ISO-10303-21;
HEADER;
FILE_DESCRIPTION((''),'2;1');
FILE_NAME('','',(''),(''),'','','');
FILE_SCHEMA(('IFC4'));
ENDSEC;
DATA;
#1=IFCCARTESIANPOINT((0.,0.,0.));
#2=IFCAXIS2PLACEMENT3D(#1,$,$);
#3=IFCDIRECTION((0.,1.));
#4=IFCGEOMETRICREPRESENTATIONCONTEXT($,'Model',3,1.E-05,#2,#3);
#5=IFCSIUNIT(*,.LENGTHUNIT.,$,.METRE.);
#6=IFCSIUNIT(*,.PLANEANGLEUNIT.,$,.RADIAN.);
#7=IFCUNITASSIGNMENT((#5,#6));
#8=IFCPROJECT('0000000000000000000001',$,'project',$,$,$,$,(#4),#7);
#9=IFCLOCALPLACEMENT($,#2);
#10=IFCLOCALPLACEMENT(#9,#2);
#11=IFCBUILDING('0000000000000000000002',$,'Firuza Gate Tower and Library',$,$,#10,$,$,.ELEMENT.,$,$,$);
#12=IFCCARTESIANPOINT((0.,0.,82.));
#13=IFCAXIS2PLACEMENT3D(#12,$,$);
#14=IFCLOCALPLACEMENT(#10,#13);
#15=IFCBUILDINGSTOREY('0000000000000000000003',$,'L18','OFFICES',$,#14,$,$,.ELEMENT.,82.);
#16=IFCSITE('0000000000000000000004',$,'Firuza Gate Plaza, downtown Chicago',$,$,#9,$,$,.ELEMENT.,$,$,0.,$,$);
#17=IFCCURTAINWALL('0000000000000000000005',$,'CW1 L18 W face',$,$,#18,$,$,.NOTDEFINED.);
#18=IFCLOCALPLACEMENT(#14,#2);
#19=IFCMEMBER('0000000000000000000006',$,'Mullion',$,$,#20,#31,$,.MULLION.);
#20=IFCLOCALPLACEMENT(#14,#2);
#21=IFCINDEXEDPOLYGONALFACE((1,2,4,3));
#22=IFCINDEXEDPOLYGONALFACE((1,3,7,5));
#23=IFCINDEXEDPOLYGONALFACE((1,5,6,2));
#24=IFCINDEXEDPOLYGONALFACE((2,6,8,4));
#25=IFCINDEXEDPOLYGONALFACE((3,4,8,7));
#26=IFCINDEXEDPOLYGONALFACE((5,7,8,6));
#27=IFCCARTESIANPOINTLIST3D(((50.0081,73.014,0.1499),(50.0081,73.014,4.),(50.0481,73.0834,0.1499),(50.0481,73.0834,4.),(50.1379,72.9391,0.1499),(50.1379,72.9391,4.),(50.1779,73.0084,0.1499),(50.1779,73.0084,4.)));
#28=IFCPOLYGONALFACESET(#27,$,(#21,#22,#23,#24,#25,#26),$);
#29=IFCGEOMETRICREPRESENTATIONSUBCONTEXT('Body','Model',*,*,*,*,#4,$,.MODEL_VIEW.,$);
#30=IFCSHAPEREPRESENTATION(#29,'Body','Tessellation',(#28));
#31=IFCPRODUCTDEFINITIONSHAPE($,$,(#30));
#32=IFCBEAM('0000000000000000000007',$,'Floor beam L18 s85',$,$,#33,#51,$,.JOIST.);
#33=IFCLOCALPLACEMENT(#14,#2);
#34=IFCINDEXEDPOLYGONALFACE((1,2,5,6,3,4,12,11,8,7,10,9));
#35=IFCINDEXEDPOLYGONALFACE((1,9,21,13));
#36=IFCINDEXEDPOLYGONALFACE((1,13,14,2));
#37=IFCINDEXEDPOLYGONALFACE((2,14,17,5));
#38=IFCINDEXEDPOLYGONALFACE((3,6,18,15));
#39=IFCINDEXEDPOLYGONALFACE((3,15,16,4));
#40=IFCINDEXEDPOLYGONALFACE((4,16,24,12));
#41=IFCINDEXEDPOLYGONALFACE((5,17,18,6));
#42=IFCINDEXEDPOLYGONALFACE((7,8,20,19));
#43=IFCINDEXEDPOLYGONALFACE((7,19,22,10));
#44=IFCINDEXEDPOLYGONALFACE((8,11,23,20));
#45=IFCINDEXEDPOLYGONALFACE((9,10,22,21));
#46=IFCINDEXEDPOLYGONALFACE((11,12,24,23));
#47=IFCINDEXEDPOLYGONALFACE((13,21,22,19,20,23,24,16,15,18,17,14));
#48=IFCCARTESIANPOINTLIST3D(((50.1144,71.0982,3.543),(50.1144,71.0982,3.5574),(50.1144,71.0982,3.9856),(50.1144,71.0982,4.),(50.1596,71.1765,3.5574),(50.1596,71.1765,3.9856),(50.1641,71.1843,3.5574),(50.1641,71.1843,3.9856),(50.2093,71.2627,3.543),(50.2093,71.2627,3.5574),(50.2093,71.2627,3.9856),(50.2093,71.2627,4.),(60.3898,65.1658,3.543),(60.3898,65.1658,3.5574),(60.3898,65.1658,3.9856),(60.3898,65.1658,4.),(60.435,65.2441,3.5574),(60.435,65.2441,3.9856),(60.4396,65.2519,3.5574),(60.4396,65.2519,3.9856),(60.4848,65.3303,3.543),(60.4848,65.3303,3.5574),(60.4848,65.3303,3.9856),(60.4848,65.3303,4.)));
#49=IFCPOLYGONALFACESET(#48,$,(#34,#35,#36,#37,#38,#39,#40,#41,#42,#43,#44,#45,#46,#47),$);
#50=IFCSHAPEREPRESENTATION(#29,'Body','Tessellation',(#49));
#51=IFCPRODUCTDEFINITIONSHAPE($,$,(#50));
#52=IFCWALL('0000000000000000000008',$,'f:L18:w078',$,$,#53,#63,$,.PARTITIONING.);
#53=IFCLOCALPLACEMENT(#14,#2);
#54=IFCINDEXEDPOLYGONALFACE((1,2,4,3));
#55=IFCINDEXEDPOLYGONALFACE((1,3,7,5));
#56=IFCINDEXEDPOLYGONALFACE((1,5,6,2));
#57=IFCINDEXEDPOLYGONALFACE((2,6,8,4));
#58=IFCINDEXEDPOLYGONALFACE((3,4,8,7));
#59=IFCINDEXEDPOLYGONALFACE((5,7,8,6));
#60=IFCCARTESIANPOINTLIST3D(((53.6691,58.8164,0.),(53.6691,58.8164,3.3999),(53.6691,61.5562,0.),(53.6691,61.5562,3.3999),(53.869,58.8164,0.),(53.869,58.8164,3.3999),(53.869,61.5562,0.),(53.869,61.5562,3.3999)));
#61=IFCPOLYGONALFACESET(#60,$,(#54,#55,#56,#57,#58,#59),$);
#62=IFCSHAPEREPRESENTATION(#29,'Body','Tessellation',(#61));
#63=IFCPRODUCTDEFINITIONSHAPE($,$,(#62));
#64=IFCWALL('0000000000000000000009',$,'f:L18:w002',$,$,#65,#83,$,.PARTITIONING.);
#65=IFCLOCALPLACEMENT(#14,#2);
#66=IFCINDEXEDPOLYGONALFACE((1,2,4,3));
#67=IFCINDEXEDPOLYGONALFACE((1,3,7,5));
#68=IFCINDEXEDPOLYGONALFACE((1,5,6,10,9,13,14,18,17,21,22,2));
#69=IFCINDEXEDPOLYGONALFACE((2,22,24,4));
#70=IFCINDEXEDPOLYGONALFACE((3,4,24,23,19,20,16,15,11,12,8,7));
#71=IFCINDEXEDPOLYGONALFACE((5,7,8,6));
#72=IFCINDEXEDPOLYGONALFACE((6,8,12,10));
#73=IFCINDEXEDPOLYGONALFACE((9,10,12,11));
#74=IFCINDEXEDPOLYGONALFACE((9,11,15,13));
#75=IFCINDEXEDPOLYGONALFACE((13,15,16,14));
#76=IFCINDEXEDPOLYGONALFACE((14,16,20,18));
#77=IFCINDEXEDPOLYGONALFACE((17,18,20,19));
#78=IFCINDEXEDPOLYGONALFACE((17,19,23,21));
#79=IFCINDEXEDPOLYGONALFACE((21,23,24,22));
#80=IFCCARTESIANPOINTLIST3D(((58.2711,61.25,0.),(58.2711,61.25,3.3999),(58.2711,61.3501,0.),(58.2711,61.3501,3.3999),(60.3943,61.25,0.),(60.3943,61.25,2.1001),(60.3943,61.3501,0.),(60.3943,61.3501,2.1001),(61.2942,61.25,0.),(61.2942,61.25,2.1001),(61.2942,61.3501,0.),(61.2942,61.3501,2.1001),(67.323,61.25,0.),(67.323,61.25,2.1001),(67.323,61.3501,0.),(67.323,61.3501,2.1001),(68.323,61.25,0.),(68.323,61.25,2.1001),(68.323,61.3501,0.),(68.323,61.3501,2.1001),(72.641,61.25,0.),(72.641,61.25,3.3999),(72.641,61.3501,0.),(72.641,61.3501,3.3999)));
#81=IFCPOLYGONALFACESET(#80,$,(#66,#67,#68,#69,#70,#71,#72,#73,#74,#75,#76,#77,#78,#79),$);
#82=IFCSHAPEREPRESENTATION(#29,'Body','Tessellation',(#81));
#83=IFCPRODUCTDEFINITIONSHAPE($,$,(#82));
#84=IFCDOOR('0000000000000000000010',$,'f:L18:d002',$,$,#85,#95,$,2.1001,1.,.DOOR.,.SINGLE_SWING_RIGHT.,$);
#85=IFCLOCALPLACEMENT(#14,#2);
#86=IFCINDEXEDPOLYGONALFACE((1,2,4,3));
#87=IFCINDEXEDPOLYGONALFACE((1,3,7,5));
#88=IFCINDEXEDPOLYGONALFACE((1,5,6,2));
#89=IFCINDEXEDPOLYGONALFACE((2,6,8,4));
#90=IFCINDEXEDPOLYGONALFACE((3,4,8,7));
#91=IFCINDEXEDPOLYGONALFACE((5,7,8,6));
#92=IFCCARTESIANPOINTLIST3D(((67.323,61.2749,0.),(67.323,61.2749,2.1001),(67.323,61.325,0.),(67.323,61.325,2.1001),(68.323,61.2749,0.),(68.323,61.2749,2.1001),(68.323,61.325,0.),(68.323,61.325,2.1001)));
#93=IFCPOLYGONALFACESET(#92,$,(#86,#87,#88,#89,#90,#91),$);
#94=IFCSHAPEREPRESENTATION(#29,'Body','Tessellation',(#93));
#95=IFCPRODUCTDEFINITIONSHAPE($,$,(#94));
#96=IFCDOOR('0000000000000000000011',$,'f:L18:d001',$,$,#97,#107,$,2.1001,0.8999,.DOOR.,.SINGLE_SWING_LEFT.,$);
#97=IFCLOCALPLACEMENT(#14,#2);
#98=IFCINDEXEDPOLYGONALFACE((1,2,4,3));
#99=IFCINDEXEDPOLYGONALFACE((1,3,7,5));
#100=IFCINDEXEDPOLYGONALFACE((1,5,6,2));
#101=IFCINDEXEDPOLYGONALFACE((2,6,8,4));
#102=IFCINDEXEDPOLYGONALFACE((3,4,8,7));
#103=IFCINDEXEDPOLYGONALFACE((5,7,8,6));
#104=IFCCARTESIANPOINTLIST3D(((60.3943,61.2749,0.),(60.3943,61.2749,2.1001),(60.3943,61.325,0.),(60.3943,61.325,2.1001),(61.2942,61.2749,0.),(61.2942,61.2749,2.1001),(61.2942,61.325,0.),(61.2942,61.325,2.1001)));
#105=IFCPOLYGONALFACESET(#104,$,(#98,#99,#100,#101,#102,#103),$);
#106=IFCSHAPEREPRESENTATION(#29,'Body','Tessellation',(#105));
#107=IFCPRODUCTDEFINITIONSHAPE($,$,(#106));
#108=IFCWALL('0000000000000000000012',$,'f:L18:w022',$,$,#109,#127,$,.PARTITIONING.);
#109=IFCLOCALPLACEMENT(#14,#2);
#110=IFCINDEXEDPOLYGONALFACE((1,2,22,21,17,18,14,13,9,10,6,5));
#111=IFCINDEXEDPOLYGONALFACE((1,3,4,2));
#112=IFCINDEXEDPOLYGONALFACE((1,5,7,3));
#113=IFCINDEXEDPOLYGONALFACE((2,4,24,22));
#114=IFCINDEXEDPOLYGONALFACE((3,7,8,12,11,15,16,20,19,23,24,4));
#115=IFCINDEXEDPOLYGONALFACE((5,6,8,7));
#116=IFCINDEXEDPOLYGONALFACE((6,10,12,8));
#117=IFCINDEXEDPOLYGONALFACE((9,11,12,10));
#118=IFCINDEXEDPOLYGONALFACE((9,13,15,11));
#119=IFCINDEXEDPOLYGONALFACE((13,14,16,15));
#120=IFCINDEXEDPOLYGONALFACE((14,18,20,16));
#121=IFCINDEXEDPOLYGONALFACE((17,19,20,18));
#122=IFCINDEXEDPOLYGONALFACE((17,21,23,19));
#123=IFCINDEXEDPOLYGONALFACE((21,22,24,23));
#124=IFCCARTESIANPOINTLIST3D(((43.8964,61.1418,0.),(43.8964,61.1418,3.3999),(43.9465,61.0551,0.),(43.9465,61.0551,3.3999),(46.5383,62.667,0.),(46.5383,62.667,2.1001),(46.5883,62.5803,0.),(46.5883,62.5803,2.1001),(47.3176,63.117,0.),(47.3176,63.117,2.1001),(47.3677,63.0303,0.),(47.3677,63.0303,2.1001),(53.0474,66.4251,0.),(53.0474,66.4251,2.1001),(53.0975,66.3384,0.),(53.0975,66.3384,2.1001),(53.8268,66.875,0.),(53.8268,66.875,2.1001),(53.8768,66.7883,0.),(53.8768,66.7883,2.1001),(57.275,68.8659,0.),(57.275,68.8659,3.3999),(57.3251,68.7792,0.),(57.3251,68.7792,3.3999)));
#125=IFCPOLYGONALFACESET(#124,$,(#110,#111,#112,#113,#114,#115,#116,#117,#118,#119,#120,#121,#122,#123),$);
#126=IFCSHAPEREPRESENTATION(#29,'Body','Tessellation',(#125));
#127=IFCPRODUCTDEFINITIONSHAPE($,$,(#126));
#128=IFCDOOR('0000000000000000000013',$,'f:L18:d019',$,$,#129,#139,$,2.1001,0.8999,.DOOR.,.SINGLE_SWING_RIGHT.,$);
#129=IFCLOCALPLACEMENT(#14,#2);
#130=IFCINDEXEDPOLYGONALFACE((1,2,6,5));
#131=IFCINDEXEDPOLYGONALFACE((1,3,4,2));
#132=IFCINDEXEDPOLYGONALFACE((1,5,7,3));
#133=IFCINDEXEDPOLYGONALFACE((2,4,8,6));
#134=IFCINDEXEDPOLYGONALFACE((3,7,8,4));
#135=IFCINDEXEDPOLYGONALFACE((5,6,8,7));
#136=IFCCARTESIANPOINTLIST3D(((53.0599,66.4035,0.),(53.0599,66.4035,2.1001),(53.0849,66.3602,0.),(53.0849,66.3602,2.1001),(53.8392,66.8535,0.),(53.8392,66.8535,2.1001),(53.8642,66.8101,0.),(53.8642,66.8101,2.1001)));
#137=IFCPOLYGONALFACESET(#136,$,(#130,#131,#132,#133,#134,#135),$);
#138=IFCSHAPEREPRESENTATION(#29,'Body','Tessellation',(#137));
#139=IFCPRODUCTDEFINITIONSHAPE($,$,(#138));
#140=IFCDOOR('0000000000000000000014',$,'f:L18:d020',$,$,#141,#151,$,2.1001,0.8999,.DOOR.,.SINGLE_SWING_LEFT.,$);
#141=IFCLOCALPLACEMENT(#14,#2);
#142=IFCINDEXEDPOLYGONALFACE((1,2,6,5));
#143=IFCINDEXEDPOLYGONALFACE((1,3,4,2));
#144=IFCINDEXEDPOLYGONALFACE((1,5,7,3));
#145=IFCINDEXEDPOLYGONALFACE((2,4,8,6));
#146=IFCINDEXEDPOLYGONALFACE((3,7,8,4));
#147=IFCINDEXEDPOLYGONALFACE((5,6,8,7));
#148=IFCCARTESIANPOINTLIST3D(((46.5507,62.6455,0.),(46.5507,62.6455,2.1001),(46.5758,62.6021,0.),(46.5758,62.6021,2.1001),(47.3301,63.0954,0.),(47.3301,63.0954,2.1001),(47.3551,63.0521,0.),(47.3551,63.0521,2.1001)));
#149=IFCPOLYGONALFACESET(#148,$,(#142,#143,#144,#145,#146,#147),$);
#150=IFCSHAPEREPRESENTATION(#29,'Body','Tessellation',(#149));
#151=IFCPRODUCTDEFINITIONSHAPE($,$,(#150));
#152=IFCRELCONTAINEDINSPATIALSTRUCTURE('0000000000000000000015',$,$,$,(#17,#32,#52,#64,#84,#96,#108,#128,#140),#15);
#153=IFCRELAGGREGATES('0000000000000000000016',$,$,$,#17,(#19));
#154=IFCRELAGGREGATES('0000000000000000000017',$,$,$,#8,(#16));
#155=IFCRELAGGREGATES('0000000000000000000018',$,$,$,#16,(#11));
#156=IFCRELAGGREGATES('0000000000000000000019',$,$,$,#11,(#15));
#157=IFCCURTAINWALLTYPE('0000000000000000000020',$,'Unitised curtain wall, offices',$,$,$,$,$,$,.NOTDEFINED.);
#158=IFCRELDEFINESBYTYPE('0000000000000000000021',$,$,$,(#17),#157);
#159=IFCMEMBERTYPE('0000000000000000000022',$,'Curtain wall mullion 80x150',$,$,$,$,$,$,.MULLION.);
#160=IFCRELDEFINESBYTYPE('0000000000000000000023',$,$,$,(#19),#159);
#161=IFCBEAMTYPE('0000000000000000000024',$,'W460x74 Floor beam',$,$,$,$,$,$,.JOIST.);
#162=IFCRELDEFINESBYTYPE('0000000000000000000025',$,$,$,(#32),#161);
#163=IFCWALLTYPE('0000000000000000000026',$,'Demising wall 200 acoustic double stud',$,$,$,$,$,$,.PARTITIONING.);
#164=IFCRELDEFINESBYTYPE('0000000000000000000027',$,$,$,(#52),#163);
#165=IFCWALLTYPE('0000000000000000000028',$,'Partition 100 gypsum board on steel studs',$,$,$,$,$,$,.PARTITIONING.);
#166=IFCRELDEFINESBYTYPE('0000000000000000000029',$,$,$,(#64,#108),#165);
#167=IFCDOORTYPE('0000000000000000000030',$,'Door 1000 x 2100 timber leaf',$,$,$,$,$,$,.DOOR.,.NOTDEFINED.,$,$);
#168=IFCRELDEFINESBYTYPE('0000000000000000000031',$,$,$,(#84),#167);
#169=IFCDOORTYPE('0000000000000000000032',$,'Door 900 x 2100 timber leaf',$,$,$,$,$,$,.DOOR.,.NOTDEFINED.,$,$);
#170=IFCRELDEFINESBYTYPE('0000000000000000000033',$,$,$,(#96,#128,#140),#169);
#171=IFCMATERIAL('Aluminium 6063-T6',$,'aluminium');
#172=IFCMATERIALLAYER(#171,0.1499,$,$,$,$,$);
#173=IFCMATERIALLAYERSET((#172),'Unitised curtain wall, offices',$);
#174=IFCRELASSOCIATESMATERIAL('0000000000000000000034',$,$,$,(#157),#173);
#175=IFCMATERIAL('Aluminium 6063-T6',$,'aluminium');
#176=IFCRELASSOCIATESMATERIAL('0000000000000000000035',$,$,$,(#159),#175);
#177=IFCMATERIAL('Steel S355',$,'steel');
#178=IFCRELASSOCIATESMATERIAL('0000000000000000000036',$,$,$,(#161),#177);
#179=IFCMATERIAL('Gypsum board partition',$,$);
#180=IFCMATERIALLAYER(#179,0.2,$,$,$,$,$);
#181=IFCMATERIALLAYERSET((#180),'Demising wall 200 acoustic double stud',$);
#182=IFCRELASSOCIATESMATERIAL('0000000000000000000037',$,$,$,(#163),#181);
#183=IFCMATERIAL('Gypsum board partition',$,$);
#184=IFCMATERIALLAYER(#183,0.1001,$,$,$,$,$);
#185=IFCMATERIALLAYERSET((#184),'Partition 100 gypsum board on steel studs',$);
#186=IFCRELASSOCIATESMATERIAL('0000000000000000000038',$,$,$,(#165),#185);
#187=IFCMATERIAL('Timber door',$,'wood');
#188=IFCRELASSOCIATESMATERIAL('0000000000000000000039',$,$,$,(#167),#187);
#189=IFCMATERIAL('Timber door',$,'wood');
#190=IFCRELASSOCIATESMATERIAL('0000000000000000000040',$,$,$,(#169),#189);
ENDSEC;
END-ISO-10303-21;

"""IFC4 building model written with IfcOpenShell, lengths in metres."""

from ifc_helpers import new_model, si_unit, direction, frame, frame_2d, origin, origin_2d, place, context, subcontext, project, spatial, rectangle, i_section, extrude, material, layer, layer_set, material_profile, profile_set, type_object, element, fill, aggregate, save


model = new_model("IFC4")

# Units and contexts
model_context = context("Model", 3, precision=1e-05, world=origin(), true_north=direction((0.0, 1.0)))
body_context = subcontext(model_context, "Body", "Model", "MODEL_VIEW")
ifc_project = project(units=[si_unit("LENGTHUNIT", "METRE"), si_unit("PLANEANGLEUNIT", "RADIAN")], contexts=[model_context])

# Site, building, storey
site_placement = place(None, origin())
site = spatial("IfcSite", under=ifc_project, at=site_placement, Name="Firuza Gate Plaza, downtown Chicago", CompositionType="ELEMENT", RefElevation=0.0)
building_placement = place(site_placement, origin())
building = spatial("IfcBuilding", under=site, at=building_placement, Name="Firuza Gate Tower and Library", CompositionType="ELEMENT")
storey_placement = place(building_placement, frame((0.0, 0.0, 82.0)))
storey = spatial("IfcBuildingStorey", under=building, at=storey_placement, Name="L18", Description="OFFICES", CompositionType="ELEMENT", Elevation=82.0)

# Curtain wall, member
ifc_material_1 = material(Name="Aluminium 6063-T6", Category="aluminium")
ifc_layer_1 = layer(ifc_material_1, 0.1499)
ifc_layer_set_1 = layer_set([ifc_layer_1], Name="Unitised curtain wall, offices")
curtain_wall_type = type_object("IfcCurtainWallType", Name="Unitised curtain wall, offices", PredefinedType="NOTDEFINED", material=ifc_layer_set_1)
curtain_wall_placement = place(storey_placement, origin())
curtain_wall = element("IfcCurtainWall", 1, at=curtain_wall_placement, inside=storey, type_object=curtain_wall_type, Name="CW1 L18 W face", PredefinedType="NOTDEFINED")
ifc_material_2 = material(Name="Aluminium 6063-T6", Category="aluminium")
ifc_material_profile_1 = material_profile(ifc_material_2, rectangle(XDim=0.1499, YDim=0.0801, at=origin_2d()))
ifc_profile_set_1 = profile_set([ifc_material_profile_1], Name="Aluminium 6063-T6")
member_type = type_object("IfcMemberType", Name="Curtain wall mullion 80x150", PredefinedType="MULLION", material=ifc_profile_set_1)
member_placement = place(storey_placement, frame((50.093, 73.0112, 0.1499), z_axis=(0.0, 0.0, 1.0), x_axis=(0.866025, -0.5, 0.0)))
member = element("IfcMember", 2, at=member_placement, type_object=member_type, Name="Mullion", PredefinedType="MULLION", context=body_context, shape_type="SweptSolid", body=[
    extrude(rectangle(XDim=0.1499, YDim=0.0801, at=origin_2d()), origin(), (0.0, 0.0, 1.0), 3.8501),
])
aggregate(curtain_wall, [member])

# Beam
ifc_material_3 = material(Name="Steel S355", Category="steel")
ifc_material_profile_2 = material_profile(ifc_material_3, i_section(OverallWidth=0.1899, OverallDepth=0.457, WebThickness=0.009, FlangeThickness=0.0144, at=origin_2d()))
ifc_profile_set_2 = profile_set([ifc_material_profile_2], Name="Steel S355")
beam_type = type_object("IfcBeamType", Name="W460x74 Floor beam", PredefinedType="JOIST", material=ifc_profile_set_2)
beam_placement = place(storey_placement, frame((50.1619, 71.1804, 3.7715), z_axis=(0.86603, -0.499992, 0.0), x_axis=(0.499992, 0.86603, 0.0)))
element("IfcBeam", 3, at=beam_placement, inside=storey, type_object=beam_type, Name="Floor beam L18 s85", PredefinedType="JOIST", context=body_context, shape_type="SweptSolid", body=[
    extrude(i_section(OverallWidth=0.1899, OverallDepth=0.457, WebThickness=0.009, FlangeThickness=0.0144, at=origin_2d()), origin(), (0.0, 0.0, 1.0), 11.865),
])

# Wall
ifc_material_4 = material(Name="Gypsum board partition")
ifc_layer_2 = layer(ifc_material_4, 0.2)
ifc_layer_set_2 = layer_set([ifc_layer_2], Name="Demising wall 200 acoustic double stud")
wall_type_1 = type_object("IfcWallType", Name="Demising wall 200 acoustic double stud", PredefinedType="PARTITIONING", material=ifc_layer_set_2)
wall_1_placement = place(storey_placement, frame((53.769, 58.8164, 0.0), z_axis=(0.0, 0.0, 1.0), x_axis=(0.0, 1.0, 0.0)))
element("IfcWall", 4, at=wall_1_placement, inside=storey, type_object=wall_type_1, Name="f:L18:w078", PredefinedType="PARTITIONING", context=body_context, shape_type="SweptSolid", body=[
    extrude(rectangle(XDim=2.7397, YDim=0.2, at=frame_2d((1.3699, 0.0))), origin(), (0.0, 0.0, 1.0), 3.3999),
])

# Walls, openings, doors
ifc_material_5 = material(Name="Gypsum board partition")
ifc_layer_3 = layer(ifc_material_5, 0.1001)
ifc_layer_set_3 = layer_set([ifc_layer_3], Name="Partition 100 gypsum board on steel studs")
wall_type_2 = type_object("IfcWallType", Name="Partition 100 gypsum board on steel studs", PredefinedType="PARTITIONING", material=ifc_layer_set_3)
wall_2_placement = place(storey_placement, frame((58.271, 61.3, 0.0), z_axis=(0.0, 0.0, 1.0), x_axis=(1.0, 0.0, 0.0)))
wall_2 = element("IfcWall", 5, at=wall_2_placement, inside=storey, type_object=wall_type_2, Name="f:L18:w002", PredefinedType="PARTITIONING", context=body_context, shape_type="SweptSolid", body=[
    extrude(rectangle(XDim=14.3699, YDim=0.1001, at=frame_2d((7.1851, 0.0))), origin(), (0.0, 0.0, 1.0), 3.3999),
])
opening_1_placement = place(wall_2_placement, frame((2.1233, 0.0, 0.0)))
opening_1 = element("IfcOpeningElement", 6, at=opening_1_placement, cuts=wall_2, PredefinedType="OPENING", context=body_context, shape_type="SweptSolid", body=[
    extrude(rectangle(XDim=0.8999, YDim=2.1001, at=frame_2d((0.45, 1.05))), frame((0.0, 0.0601, 0.0), z_axis=(0.0, -1.0, 0.0), x_axis=(1.0, 0.0, 0.0)), (0.0, 0.0, 1.0), 0.1201),
])
opening_2_placement = place(wall_2_placement, frame((9.052, 0.0, 0.0)))
opening_2 = element("IfcOpeningElement", 7, at=opening_2_placement, cuts=wall_2, PredefinedType="OPENING", context=body_context, shape_type="SweptSolid", body=[
    extrude(rectangle(XDim=1.0, YDim=2.1001, at=frame_2d((0.5, 1.05))), frame((0.0, 0.0601, 0.0), z_axis=(0.0, -1.0, 0.0), x_axis=(1.0, 0.0, 0.0)), (0.0, 0.0, 1.0), 0.1201),
])
ifc_material_6 = material(Name="Timber door", Category="wood")
door_type_1 = type_object("IfcDoorType", Name="Door 1000 x 2100 timber leaf", OperationType="NOTDEFINED", PredefinedType="DOOR", material=ifc_material_6)
door_1_placement = place(opening_2_placement, origin())
door_1 = element("IfcDoor", 8, at=door_1_placement, inside=storey, type_object=door_type_1, Name="f:L18:d002", OperationType="SINGLE_SWING_RIGHT", OverallHeight=2.1001, OverallWidth=1.0, PredefinedType="DOOR", context=body_context, shape_type="SweptSolid", body=[
    extrude(rectangle(XDim=1.0, YDim=2.1001, at=frame_2d((0.5, 1.05))), frame((0.0, 0.0249, 0.0), z_axis=(0.0, -1.0, 0.0), x_axis=(1.0, 0.0, 0.0)), (0.0, 0.0, 1.0), 0.05),
])
fill(opening_2, door_1)
ifc_material_7 = material(Name="Timber door", Category="wood")
door_type_2 = type_object("IfcDoorType", Name="Door 900 x 2100 timber leaf", OperationType="NOTDEFINED", PredefinedType="DOOR", material=ifc_material_7)
door_2_placement = place(opening_1_placement, origin())
door_2 = element("IfcDoor", 9, at=door_2_placement, inside=storey, type_object=door_type_2, Name="f:L18:d001", OperationType="SINGLE_SWING_LEFT", OverallHeight=2.1001, OverallWidth=0.8999, PredefinedType="DOOR", context=body_context, shape_type="SweptSolid", body=[
    extrude(rectangle(XDim=0.8999, YDim=2.1001, at=frame_2d((0.45, 1.05))), frame((0.0, 0.0249, 0.0), z_axis=(0.0, -1.0, 0.0), x_axis=(1.0, 0.0, 0.0)), (0.0, 0.0, 1.0), 0.05),
])
fill(opening_1, door_2)
wall_3_placement = place(storey_placement, frame((57.3, 68.8225, 0.0), z_axis=(0.0, 0.0, 1.0), x_axis=(-0.866027, -0.499997, 0.0)))
wall_3 = element("IfcWall", 10, at=wall_3_placement, inside=storey, type_object=wall_type_2, Name="f:L18:w022", PredefinedType="PARTITIONING", context=body_context, shape_type="SweptSolid", body=[
    extrude(rectangle(XDim=15.4482, YDim=0.1001, at=frame_2d((7.7241, 0.0))), origin(), (0.0, 0.0, 1.0), 3.3999),
])
opening_3_placement = place(wall_3_placement, frame((3.9817, 0.0, 0.0)))
opening_3 = element("IfcOpeningElement", 11, at=opening_3_placement, cuts=wall_3, PredefinedType="OPENING", context=body_context, shape_type="SweptSolid", body=[
    extrude(rectangle(XDim=0.8999, YDim=2.1001, at=frame_2d((0.45, 1.05))), frame((0.0, 0.0601, 0.0), z_axis=(0.0, -1.0, 0.0), x_axis=(1.0, 0.0, 0.0)), (0.0, 0.0, 1.0), 0.1201),
])
opening_4_placement = place(wall_3_placement, frame((11.4978, 0.0, 0.0)))
opening_4 = element("IfcOpeningElement", 12, at=opening_4_placement, cuts=wall_3, PredefinedType="OPENING", context=body_context, shape_type="SweptSolid", body=[
    extrude(rectangle(XDim=0.8999, YDim=2.1001, at=frame_2d((0.45, 1.05))), frame((0.0, 0.0601, 0.0), z_axis=(0.0, -1.0, 0.0), x_axis=(1.0, 0.0, 0.0)), (0.0, 0.0, 1.0), 0.1201),
])
door_3_placement = place(opening_3_placement, origin())
door_3 = element("IfcDoor", 13, at=door_3_placement, inside=storey, type_object=door_type_2, Name="f:L18:d019", OperationType="SINGLE_SWING_RIGHT", OverallHeight=2.1001, OverallWidth=0.8999, PredefinedType="DOOR", context=body_context, shape_type="SweptSolid", body=[
    extrude(rectangle(XDim=0.8999, YDim=2.1001, at=frame_2d((0.45, 1.05))), frame((0.0, 0.0249, 0.0), z_axis=(0.0, -1.0, 0.0), x_axis=(1.0, 0.0, 0.0)), (0.0, 0.0, 1.0), 0.05),
])
fill(opening_3, door_3)
door_4_placement = place(opening_4_placement, origin())
door_4 = element("IfcDoor", 14, at=door_4_placement, inside=storey, type_object=door_type_2, Name="f:L18:d020", OperationType="SINGLE_SWING_LEFT", OverallHeight=2.1001, OverallWidth=0.8999, PredefinedType="DOOR", context=body_context, shape_type="SweptSolid", body=[
    extrude(rectangle(XDim=0.8999, YDim=2.1001, at=frame_2d((0.45, 1.05))), frame((0.0, 0.0249, 0.0), z_axis=(0.0, -1.0, 0.0), x_axis=(1.0, 0.0, 0.0)), (0.0, 0.0, 1.0), 0.05),
])
fill(opening_4, door_4)

save(model, "model.ifc")
